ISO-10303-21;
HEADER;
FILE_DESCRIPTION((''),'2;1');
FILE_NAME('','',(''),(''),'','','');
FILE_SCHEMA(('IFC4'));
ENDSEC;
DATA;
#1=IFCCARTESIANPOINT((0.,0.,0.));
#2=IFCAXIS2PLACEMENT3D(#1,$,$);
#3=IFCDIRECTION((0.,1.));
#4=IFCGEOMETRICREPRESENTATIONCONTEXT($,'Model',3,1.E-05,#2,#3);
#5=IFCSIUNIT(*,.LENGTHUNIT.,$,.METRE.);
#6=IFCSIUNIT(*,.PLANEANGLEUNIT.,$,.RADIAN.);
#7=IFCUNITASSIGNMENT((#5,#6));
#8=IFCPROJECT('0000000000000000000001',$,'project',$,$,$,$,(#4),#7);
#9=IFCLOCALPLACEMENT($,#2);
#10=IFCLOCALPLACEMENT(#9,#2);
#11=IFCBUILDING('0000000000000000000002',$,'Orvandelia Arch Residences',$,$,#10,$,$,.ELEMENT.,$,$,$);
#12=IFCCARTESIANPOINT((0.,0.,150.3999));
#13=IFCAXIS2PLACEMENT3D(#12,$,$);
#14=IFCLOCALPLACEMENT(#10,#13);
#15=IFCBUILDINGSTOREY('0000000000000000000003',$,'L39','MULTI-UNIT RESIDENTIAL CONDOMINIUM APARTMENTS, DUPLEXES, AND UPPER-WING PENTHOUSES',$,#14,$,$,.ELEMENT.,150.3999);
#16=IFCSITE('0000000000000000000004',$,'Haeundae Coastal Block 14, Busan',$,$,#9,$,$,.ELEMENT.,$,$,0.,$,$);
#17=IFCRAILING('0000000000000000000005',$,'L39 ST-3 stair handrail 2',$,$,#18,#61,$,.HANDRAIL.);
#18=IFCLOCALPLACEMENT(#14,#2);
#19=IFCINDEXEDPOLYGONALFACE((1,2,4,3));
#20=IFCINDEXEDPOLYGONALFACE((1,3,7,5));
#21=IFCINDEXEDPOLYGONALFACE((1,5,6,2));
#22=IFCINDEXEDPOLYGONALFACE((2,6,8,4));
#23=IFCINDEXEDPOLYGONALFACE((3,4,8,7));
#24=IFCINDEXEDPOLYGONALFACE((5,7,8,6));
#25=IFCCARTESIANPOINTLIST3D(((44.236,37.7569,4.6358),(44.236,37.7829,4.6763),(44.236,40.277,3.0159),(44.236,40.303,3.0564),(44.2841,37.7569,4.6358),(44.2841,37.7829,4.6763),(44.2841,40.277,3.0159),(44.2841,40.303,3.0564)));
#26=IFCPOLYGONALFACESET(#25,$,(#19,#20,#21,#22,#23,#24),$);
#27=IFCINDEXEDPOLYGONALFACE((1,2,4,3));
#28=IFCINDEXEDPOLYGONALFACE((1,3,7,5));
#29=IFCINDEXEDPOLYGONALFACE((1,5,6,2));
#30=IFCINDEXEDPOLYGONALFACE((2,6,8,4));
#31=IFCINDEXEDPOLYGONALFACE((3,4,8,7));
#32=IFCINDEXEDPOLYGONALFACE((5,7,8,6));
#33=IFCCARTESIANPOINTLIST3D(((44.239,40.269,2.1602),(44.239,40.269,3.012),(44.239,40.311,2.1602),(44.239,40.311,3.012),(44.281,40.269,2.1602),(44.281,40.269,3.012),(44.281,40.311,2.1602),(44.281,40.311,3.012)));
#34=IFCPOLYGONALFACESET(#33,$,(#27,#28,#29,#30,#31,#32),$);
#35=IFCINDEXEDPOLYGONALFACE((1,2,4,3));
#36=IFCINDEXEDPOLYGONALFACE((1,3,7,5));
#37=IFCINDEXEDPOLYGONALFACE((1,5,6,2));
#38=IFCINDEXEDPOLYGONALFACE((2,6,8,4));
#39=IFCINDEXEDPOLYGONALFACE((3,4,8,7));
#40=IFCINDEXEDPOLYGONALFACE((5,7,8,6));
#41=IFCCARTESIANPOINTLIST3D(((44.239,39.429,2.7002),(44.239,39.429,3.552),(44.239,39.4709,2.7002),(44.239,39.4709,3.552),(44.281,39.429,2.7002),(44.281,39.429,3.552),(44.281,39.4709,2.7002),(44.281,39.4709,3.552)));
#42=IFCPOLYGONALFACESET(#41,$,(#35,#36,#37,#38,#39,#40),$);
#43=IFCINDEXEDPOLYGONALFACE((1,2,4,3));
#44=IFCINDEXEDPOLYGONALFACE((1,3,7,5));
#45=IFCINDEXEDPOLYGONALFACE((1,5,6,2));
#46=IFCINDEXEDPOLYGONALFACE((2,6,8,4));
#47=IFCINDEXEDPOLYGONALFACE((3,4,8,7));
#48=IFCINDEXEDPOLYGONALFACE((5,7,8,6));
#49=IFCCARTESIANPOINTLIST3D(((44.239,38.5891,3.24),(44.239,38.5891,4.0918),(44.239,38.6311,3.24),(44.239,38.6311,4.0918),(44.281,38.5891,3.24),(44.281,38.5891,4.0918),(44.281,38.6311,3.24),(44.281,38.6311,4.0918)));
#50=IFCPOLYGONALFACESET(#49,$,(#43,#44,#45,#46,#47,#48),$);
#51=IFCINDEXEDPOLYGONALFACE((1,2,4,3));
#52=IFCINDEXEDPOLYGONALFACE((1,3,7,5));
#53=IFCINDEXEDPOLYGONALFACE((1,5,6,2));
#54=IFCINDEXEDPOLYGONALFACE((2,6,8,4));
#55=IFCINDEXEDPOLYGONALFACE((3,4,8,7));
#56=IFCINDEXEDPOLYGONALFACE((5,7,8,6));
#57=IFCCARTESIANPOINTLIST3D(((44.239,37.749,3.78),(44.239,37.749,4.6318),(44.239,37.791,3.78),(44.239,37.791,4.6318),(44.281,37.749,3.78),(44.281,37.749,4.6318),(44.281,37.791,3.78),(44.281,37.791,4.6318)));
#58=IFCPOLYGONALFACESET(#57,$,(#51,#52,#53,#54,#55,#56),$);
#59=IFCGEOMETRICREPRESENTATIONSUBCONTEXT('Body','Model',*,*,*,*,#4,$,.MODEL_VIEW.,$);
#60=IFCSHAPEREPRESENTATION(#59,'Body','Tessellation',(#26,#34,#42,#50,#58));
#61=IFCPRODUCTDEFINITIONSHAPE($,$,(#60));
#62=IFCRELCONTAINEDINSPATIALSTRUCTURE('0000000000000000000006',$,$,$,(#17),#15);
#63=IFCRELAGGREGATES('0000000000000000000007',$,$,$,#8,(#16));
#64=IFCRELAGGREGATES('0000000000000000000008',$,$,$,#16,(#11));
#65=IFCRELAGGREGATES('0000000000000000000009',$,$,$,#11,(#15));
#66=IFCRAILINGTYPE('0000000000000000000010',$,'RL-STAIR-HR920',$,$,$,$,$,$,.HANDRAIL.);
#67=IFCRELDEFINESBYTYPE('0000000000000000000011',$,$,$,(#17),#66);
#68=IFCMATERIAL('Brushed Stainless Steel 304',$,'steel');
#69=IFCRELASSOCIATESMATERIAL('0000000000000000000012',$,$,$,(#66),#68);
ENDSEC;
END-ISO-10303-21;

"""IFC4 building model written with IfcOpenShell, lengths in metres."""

from ifc_helpers import new_model, si_unit, direction, frame, origin, origin_2d, place, context, subcontext, project, spatial, rectangle, extrude, material, type_object, element, save


model = new_model("IFC4")

# Units and contexts
model_context = context("Model", 3, precision=1e-05, world=origin(), true_north=direction((0.0, 1.0)))
body_context = subcontext(model_context, "Body", "Model", "MODEL_VIEW")
ifc_project = project(units=[si_unit("LENGTHUNIT", "METRE"), si_unit("PLANEANGLEUNIT", "RADIAN")], contexts=[model_context])

# Site, building, storey
site_placement = place(None, origin())
site = spatial("IfcSite", under=ifc_project, at=site_placement, Name="Haeundae Coastal Block 14, Busan", CompositionType="ELEMENT", RefElevation=0.0)
building_placement = place(site_placement, origin())
building = spatial("IfcBuilding", under=site, at=building_placement, Name="Orvandelia Arch Residences", CompositionType="ELEMENT")
storey_placement = place(building_placement, frame((0.0, 0.0, 150.3999)))
storey = spatial("IfcBuildingStorey", under=building, at=storey_placement, Name="L39", Description="MULTI-UNIT RESIDENTIAL CONDOMINIUM APARTMENTS, DUPLEXES, AND UPPER-WING PENTHOUSES", CompositionType="ELEMENT", Elevation=150.3999)

# Railing
ifc_material_1 = material(Name="Brushed Stainless Steel 304", Category="steel")
railing_type_1 = type_object("IfcRailingType", Name="RL-STAIR-HR920", PredefinedType="HANDRAIL", material=ifc_material_1)
railing_1_placement = place(storey_placement, frame((44.26, 40.29, 2.1602)))
element("IfcRailing", 1, at=railing_1_placement, inside=storey, type_object=railing_type_1, Name="L39 ST-3 stair handrail 2", PredefinedType="HANDRAIL", context=body_context, shape_type="SweptSolid", body=[
    extrude(rectangle(XDim=0.0481, YDim=0.0481, at=origin_2d()), frame((0.0, 0.0, 0.876), z_axis=(0.0, -0.8412, 0.540725), x_axis=(1.0, 0.0, 0.0)), (0.0, 0.0, 1.0), 2.9958),
    extrude(rectangle(XDim=0.042, YDim=0.042, at=origin_2d()), origin(), (0.0, 0.0, 1.0), 0.8518),
    extrude(rectangle(XDim=0.042, YDim=0.042, at=origin_2d()), frame((0.0, -0.8401, 0.54)), (0.0, 0.0, 1.0), 0.8518),
    extrude(rectangle(XDim=0.042, YDim=0.042, at=origin_2d()), frame((0.0, -1.6799, 1.0798)), (0.0, 0.0, 1.0), 0.8518),
    extrude(rectangle(XDim=0.042, YDim=0.042, at=origin_2d()), frame((0.0, -2.52, 1.6199)), (0.0, 0.0, 1.0), 0.8518),
])

save(model, "model.ifc")
